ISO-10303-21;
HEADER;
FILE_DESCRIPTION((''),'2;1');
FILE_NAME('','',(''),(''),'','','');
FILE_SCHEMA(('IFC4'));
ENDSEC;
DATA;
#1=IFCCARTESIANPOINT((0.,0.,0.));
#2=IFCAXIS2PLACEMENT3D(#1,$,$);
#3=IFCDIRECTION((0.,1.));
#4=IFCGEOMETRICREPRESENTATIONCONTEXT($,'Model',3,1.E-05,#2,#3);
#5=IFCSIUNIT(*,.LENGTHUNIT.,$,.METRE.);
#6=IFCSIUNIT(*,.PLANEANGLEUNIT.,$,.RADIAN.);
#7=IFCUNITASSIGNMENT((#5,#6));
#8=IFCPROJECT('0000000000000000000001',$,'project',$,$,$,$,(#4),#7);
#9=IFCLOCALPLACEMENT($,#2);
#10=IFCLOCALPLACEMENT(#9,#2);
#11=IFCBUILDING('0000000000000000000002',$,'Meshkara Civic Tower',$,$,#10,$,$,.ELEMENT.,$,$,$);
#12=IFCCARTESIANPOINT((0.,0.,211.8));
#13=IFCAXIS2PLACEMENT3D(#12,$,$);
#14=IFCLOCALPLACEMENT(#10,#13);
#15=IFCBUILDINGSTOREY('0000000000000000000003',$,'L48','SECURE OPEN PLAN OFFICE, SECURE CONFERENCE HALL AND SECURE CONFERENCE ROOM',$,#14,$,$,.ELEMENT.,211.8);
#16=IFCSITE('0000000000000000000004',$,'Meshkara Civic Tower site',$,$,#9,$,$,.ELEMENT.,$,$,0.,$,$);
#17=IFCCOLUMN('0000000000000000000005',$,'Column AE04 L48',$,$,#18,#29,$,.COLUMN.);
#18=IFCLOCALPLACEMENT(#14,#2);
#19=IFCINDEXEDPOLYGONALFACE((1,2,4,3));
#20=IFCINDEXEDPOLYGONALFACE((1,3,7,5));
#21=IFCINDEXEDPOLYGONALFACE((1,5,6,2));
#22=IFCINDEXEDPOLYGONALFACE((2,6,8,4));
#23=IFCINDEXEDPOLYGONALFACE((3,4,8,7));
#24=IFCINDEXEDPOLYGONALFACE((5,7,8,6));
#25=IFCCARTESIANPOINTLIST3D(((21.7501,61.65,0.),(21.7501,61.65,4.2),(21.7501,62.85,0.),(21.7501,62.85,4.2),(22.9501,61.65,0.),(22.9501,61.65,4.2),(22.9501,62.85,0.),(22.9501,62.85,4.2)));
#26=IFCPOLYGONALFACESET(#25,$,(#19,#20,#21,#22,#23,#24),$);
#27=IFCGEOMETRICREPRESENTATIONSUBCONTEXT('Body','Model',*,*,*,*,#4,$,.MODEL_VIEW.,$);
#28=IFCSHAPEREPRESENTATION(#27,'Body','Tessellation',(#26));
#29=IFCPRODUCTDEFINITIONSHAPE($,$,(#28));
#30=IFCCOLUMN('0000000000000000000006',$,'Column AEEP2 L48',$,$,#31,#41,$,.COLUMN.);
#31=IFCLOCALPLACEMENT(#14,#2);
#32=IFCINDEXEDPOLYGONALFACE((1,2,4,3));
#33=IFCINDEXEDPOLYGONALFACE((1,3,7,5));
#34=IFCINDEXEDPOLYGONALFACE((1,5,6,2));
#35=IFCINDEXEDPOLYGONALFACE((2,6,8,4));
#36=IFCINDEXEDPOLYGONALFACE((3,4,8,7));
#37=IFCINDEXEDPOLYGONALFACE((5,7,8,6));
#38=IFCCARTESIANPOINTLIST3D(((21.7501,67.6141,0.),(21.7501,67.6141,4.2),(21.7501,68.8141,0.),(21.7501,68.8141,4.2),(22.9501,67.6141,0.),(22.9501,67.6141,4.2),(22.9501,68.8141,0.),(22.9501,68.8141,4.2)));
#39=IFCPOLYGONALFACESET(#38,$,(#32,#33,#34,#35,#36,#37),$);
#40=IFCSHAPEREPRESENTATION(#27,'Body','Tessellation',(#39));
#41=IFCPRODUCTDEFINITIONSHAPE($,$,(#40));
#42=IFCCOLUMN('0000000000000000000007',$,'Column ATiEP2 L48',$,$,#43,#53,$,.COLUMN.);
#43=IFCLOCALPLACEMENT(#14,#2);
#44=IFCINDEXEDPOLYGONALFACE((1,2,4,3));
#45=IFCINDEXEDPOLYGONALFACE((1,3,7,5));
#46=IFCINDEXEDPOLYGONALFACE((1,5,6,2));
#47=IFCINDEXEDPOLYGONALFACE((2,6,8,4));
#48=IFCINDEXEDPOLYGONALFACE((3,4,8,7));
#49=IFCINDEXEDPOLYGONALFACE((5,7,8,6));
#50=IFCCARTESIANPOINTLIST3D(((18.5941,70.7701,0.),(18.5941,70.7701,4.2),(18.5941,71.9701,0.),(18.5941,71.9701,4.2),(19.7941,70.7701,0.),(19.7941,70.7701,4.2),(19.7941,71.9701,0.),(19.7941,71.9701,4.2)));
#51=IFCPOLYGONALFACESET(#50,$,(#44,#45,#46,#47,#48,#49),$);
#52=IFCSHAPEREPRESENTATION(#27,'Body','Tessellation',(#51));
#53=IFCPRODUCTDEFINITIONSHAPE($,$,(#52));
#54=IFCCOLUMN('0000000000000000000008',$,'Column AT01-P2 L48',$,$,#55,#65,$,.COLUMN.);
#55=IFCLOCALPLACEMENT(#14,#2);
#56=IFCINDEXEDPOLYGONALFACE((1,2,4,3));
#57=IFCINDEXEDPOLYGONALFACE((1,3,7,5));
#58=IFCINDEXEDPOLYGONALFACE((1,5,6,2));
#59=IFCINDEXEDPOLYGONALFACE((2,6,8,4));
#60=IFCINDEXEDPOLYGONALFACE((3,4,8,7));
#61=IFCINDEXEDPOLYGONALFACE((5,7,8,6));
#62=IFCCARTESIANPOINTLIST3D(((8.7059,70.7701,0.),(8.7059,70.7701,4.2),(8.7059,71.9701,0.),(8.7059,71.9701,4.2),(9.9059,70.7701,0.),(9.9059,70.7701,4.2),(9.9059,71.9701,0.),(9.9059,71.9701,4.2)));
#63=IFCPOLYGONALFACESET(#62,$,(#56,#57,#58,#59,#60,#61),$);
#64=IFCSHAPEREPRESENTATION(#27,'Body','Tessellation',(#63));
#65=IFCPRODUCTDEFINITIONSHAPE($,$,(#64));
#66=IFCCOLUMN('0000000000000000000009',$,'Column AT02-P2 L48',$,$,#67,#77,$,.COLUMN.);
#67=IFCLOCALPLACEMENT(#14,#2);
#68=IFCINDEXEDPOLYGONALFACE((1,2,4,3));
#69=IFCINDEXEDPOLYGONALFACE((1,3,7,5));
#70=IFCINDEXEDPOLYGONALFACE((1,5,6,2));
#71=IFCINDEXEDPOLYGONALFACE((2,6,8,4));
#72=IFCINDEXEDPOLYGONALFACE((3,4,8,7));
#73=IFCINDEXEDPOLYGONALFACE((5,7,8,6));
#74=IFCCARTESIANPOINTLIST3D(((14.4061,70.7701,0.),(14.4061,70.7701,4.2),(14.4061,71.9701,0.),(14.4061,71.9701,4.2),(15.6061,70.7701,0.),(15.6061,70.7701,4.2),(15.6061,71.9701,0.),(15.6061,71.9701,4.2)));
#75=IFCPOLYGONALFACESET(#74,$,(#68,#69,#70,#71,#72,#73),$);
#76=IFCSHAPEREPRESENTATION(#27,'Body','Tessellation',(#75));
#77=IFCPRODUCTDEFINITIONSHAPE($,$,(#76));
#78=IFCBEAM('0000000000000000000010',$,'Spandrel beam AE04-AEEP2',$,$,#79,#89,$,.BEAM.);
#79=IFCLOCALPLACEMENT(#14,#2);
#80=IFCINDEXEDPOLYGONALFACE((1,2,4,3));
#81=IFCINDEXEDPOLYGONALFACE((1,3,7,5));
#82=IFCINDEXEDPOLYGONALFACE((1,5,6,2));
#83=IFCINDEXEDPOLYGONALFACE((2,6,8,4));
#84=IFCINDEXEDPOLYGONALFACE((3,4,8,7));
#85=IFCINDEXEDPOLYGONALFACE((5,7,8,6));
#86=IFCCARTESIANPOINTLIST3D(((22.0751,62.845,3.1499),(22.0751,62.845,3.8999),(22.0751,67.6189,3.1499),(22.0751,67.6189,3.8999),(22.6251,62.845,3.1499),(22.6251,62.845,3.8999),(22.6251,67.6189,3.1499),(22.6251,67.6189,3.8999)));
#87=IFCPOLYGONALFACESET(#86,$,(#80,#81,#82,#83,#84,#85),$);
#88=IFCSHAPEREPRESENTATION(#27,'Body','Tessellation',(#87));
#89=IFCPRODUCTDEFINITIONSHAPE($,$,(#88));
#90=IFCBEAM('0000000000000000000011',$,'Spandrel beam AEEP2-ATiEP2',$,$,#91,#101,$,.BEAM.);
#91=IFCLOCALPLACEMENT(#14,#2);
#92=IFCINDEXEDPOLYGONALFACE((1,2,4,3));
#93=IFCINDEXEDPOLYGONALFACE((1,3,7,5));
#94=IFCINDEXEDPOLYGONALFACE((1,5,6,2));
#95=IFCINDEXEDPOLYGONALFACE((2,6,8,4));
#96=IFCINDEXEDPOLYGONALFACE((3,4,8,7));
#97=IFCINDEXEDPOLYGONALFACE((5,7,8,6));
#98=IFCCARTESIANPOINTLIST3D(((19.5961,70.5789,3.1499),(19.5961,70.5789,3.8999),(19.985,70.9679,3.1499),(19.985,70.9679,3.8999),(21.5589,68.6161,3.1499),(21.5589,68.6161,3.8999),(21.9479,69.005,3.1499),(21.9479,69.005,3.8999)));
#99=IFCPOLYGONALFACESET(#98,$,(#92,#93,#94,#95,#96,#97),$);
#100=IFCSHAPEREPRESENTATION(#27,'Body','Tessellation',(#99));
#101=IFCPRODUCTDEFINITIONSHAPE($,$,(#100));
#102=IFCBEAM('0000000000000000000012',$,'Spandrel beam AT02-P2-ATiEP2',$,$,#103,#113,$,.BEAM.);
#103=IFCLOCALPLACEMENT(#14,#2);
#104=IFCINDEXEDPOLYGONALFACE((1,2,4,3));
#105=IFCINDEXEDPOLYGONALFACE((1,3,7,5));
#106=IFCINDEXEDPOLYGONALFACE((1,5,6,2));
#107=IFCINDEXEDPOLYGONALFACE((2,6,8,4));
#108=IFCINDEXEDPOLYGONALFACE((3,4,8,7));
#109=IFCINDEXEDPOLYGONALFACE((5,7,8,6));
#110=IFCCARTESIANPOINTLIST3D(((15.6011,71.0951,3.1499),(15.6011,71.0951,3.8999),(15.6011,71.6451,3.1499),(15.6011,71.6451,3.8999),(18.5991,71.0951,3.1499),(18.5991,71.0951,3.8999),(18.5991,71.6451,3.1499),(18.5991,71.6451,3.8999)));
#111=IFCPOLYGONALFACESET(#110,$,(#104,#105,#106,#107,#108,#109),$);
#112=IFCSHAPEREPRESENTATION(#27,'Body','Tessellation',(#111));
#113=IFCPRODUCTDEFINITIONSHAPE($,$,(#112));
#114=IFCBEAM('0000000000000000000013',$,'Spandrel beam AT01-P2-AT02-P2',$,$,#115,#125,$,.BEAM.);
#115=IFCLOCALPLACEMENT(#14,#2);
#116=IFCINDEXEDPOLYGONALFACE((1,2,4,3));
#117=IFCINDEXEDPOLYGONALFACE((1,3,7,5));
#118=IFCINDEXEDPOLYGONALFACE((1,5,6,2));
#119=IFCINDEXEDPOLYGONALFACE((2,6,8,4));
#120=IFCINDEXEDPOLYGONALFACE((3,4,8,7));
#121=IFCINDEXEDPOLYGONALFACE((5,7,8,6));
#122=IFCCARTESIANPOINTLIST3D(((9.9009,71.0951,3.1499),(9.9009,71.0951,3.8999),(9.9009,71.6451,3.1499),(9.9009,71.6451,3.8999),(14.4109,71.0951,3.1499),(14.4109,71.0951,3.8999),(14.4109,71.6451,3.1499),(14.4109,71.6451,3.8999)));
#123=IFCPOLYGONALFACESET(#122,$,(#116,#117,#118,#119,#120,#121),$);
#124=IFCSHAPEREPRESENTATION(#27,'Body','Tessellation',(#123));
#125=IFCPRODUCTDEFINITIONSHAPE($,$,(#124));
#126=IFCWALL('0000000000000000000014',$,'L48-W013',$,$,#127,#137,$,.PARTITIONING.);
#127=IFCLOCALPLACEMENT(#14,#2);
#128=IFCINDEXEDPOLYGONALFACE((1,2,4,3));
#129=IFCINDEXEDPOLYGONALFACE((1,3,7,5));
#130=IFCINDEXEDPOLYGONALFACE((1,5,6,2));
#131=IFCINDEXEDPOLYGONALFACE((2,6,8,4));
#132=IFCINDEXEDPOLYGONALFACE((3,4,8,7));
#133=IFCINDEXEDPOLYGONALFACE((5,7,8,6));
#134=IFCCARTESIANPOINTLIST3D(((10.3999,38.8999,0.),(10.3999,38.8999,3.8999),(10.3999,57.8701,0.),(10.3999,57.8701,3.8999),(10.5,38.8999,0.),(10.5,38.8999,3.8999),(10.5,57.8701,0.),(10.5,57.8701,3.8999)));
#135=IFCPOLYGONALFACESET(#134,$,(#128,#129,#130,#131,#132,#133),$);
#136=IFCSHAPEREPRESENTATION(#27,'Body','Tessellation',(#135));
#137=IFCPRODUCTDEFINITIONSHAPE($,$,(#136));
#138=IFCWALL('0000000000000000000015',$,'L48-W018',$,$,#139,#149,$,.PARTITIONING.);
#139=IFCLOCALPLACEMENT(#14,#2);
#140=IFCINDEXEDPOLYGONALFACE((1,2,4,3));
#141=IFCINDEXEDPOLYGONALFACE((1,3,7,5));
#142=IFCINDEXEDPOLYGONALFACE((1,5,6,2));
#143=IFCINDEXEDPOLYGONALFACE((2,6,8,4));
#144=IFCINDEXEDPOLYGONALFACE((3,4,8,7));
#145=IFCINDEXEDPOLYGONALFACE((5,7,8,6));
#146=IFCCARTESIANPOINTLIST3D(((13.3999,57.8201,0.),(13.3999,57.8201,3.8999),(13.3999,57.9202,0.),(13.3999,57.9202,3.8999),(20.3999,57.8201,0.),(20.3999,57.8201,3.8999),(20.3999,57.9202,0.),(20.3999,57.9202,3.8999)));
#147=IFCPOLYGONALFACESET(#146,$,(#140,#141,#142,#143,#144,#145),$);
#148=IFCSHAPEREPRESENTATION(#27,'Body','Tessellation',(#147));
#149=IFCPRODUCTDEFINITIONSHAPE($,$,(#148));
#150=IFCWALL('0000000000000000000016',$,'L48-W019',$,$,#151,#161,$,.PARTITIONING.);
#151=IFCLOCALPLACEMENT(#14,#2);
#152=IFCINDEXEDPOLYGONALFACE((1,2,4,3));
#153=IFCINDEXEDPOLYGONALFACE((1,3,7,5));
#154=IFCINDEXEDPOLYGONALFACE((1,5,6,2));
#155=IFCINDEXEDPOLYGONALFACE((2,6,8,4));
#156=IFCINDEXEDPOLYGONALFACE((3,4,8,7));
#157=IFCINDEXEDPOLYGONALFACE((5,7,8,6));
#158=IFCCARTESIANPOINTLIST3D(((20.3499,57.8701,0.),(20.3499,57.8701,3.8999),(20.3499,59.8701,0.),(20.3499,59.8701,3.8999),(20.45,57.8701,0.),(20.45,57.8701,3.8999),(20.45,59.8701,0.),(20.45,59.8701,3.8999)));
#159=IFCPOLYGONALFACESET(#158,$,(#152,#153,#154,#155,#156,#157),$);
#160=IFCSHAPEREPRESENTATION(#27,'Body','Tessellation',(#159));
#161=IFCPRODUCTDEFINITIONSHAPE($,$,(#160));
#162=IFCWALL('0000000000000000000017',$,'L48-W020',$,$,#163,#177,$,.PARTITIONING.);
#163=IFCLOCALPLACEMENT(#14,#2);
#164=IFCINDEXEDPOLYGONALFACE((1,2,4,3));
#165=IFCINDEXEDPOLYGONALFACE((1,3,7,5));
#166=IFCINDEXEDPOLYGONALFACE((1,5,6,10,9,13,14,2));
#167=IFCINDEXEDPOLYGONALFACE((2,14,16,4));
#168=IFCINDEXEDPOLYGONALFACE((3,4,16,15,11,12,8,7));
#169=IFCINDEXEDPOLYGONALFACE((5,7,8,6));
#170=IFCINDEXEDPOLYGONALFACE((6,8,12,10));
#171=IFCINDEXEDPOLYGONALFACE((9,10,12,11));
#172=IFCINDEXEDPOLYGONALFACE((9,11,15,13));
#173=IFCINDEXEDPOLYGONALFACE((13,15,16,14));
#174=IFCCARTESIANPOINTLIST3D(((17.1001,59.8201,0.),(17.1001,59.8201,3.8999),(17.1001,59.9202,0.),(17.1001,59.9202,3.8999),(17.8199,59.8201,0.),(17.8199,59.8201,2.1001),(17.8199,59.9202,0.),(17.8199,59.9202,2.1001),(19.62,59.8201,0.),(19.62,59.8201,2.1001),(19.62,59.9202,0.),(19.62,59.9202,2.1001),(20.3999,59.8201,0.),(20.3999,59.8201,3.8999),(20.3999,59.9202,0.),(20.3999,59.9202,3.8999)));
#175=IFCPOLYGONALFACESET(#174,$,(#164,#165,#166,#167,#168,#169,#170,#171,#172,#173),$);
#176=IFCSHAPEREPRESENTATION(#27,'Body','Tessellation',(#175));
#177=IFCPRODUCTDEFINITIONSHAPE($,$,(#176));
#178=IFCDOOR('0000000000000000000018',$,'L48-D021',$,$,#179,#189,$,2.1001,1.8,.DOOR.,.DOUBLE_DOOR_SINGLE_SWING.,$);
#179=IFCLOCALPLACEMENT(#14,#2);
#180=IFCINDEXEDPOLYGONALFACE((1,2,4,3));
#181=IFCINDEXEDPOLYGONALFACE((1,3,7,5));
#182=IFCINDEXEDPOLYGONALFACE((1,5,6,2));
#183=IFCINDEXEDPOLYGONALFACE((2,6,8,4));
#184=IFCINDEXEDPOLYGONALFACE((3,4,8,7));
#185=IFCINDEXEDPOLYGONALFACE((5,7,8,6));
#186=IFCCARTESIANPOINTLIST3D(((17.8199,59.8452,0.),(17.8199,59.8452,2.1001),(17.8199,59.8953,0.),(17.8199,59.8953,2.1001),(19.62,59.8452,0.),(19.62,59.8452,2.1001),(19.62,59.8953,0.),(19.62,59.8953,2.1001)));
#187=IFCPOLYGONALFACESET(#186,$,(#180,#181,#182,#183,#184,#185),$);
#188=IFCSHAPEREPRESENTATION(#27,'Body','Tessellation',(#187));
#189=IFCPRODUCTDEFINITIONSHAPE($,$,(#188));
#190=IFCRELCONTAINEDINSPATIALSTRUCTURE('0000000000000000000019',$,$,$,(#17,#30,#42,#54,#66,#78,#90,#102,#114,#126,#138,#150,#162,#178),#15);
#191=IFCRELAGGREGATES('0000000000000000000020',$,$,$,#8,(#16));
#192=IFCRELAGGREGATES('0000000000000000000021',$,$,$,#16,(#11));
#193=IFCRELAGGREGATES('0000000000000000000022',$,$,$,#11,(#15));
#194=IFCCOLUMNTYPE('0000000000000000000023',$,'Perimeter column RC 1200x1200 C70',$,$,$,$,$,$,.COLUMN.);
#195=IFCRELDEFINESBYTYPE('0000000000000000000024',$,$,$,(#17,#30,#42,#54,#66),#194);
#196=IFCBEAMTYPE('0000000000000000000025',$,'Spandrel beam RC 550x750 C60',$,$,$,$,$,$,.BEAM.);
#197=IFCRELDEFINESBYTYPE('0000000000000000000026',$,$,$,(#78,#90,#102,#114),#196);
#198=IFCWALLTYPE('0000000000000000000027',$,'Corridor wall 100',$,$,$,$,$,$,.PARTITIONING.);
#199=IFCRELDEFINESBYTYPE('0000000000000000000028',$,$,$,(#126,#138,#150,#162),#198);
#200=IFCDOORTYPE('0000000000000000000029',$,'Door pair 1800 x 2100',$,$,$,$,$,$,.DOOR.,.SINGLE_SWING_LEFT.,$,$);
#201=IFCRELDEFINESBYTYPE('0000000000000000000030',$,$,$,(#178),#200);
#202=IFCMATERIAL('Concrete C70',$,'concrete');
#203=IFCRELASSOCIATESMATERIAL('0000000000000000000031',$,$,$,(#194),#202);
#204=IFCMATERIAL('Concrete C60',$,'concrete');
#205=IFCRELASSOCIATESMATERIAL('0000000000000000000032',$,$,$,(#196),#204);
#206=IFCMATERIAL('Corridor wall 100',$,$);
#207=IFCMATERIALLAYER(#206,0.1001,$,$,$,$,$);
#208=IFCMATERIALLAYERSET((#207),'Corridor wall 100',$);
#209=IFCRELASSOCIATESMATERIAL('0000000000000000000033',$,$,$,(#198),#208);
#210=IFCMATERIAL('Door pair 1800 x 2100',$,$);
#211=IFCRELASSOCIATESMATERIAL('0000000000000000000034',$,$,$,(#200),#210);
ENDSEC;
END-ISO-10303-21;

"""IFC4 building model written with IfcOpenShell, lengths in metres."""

from ifc_helpers import new_model, si_unit, direction, frame, frame_2d, origin, origin_2d, place, context, subcontext, project, spatial, rectangle, extrude, material, layer, layer_set, material_profile, profile_set, type_object, element, fill, save


model = new_model("IFC4")

# Units and contexts
model_context = context("Model", 3, precision=1e-05, world=origin(), true_north=direction((0.0, 1.0)))
body_context = subcontext(model_context, "Body", "Model", "MODEL_VIEW")
ifc_project = project(units=[si_unit("LENGTHUNIT", "METRE"), si_unit("PLANEANGLEUNIT", "RADIAN")], contexts=[model_context])

# Site, building, storey
site_placement = place(None, origin())
site = spatial("IfcSite", under=ifc_project, at=site_placement, Name="Meshkara Civic Tower site", CompositionType="ELEMENT", RefElevation=0.0)
building_placement = place(site_placement, origin())
building = spatial("IfcBuilding", under=site, at=building_placement, Name="Meshkara Civic Tower", CompositionType="ELEMENT")
storey_placement = place(building_placement, frame((0.0, 0.0, 211.8)))
storey = spatial("IfcBuildingStorey", under=building, at=storey_placement, Name="L48", Description="SECURE OPEN PLAN OFFICE, SECURE CONFERENCE HALL AND SECURE CONFERENCE ROOM", CompositionType="ELEMENT", Elevation=211.8)

# Columns
ifc_material_1 = material(Name="Concrete C70", Category="concrete")
ifc_material_profile_1 = material_profile(ifc_material_1, rectangle(XDim=1.2, YDim=1.2, at=origin_2d()))
ifc_profile_set_1 = profile_set([ifc_material_profile_1], Name="Concrete C70")
column_type = type_object("IfcColumnType", Name="Perimeter column RC 1200x1200 C70", PredefinedType="COLUMN", material=ifc_profile_set_1)
for number, where, z_axis, x_axis, name in (
    (1, (22.3501, 62.25, 0.0), (0.0, 0.0, 1.0), (1.0, 0.0, 0.0), "Column AE04 L48"),
    (2, (22.3501, 68.2141, 0.0), (0.0, 0.0, 1.0), (1.0, 0.0, 0.0), "Column AEEP2 L48"),
    (3, (19.1941, 71.3701, 0.0), (0.0, 0.0, 1.0), (1.0, 0.0, 0.0), "Column ATiEP2 L48"),
    (4, (9.3059, 71.3701, 0.0), (0.0, 0.0, 1.0), (1.0, 0.0, 0.0), "Column AT01-P2 L48"),
    (5, (15.0061, 71.3701, 0.0), (0.0, 0.0, 1.0), (1.0, 0.0, 0.0), "Column AT02-P2 L48"),
):
    element("IfcColumn", number, at=place(storey_placement, frame(where, z_axis=z_axis, x_axis=x_axis)), inside=storey, type_object=column_type, Name=name, PredefinedType="COLUMN", context=body_context, shape_type="SweptSolid", body=[
        extrude(rectangle(XDim=1.2, YDim=1.2, at=origin_2d()), origin(), (0.0, 0.0, 1.0), 4.2),
    ])

# Beams
ifc_material_2 = material(Name="Concrete C60", Category="concrete")
ifc_material_profile_2 = material_profile(ifc_material_2, rectangle(XDim=0.55, YDim=0.75, at=origin_2d()))
ifc_profile_set_2 = profile_set([ifc_material_profile_2], Name="Concrete C60")
beam_type = type_object("IfcBeamType", Name="Spandrel beam RC 550x750 C60", PredefinedType="BEAM", material=ifc_profile_set_2)
beam_1_placement = place(storey_placement, frame((22.3501, 62.845, 3.5249), z_axis=(0.0, 1.0, 0.0), x_axis=(-1.0, 0.0, 0.0)))
element("IfcBeam", 6, at=beam_1_placement, inside=storey, type_object=beam_type, Name="Spandrel beam AE04-AEEP2", PredefinedType="BEAM", context=body_context, shape_type="SweptSolid", body=[
    extrude(rectangle(XDim=0.55, YDim=0.75, at=origin_2d()), origin(), (0.0, 0.0, 1.0), 4.7739),
])
beam_2_placement = place(storey_placement, frame((21.7534, 68.8105, 3.5249), z_axis=(-0.707107, 0.707107, 0.0), x_axis=(-0.707107, -0.707107, 0.0)))
element("IfcBeam", 7, at=beam_2_placement, inside=storey, type_object=beam_type, Name="Spandrel beam AEEP2-ATiEP2", PredefinedType="BEAM", context=body_context, shape_type="SweptSolid", body=[
    extrude(rectangle(XDim=0.55, YDim=0.75, at=origin_2d()), origin(), (0.0, 0.0, 1.0), 2.7759),
])
beam_3_placement = place(storey_placement, frame((18.5991, 71.3701, 3.5249), z_axis=(-1.0, 0.0, 0.0), x_axis=(0.0, -1.0, 0.0)))
element("IfcBeam", 8, at=beam_3_placement, inside=storey, type_object=beam_type, Name="Spandrel beam AT02-P2-ATiEP2", PredefinedType="BEAM", context=body_context, shape_type="SweptSolid", body=[
    extrude(rectangle(XDim=0.55, YDim=0.75, at=origin_2d()), origin(), (0.0, 0.0, 1.0), 2.998),
])
beam_4_placement = place(storey_placement, frame((14.4109, 71.3701, 3.5249), z_axis=(-1.0, 0.0, 0.0), x_axis=(0.0, -1.0, 0.0)))
element("IfcBeam", 9, at=beam_4_placement, inside=storey, type_object=beam_type, Name="Spandrel beam AT01-P2-AT02-P2", PredefinedType="BEAM", context=body_context, shape_type="SweptSolid", body=[
    extrude(rectangle(XDim=0.55, YDim=0.75, at=origin_2d()), origin(), (0.0, 0.0, 1.0), 4.51),
])

# Walls
ifc_material_3 = material(Name="Corridor wall 100")
ifc_layer_1 = layer(ifc_material_3, 0.1001)
ifc_layer_set_1 = layer_set([ifc_layer_1], Name="Corridor wall 100")
wall_type_1 = type_object("IfcWallType", Name="Corridor wall 100", PredefinedType="PARTITIONING", material=ifc_layer_set_1)
wall_1_placement = place(storey_placement, frame((10.45, 57.8701, 0.0), z_axis=(0.0, 0.0, 1.0), x_axis=(0.0, -1.0, 0.0)))
element("IfcWall", 10, at=wall_1_placement, inside=storey, type_object=wall_type_1, Name="L48-W013", PredefinedType="PARTITIONING", context=body_context, shape_type="SweptSolid", body=[
    extrude(rectangle(XDim=18.9702, YDim=0.1001, at=frame_2d((9.4851, 0.0))), origin(), (0.0, 0.0, 1.0), 3.8999),
])
wall_2_placement = place(storey_placement, frame((13.3999, 57.8701, 0.0), z_axis=(0.0, 0.0, 1.0), x_axis=(1.0, 0.0, 0.0)))
element("IfcWall", 11, at=wall_2_placement, inside=storey, type_object=wall_type_1, Name="L48-W018", PredefinedType="PARTITIONING", context=body_context, shape_type="SweptSolid", body=[
    extrude(rectangle(XDim=7.0, YDim=0.1001, at=frame_2d((3.5, 0.0))), origin(), (0.0, 0.0, 1.0), 3.8999),
])
wall_3_placement = place(storey_placement, frame((20.3999, 57.8701, 0.0), z_axis=(0.0, 0.0, 1.0), x_axis=(0.0, 1.0, 0.0)))
element("IfcWall", 12, at=wall_3_placement, inside=storey, type_object=wall_type_1, Name="L48-W019", PredefinedType="PARTITIONING", context=body_context, shape_type="SweptSolid", body=[
    extrude(rectangle(XDim=2.0, YDim=0.1001, at=frame_2d((1.0, 0.0))), origin(), (0.0, 0.0, 1.0), 3.8999),
])

# Wall, opening, door
wall_4_placement = place(storey_placement, frame((20.3999, 59.8701, 0.0), z_axis=(0.0, 0.0, 1.0), x_axis=(-1.0, 0.0, 0.0)))
wall_4 = element("IfcWall", 13, at=wall_4_placement, inside=storey, type_object=wall_type_1, Name="L48-W020", PredefinedType="PARTITIONING", context=body_context, shape_type="SweptSolid", body=[
    extrude(rectangle(XDim=3.2998, YDim=0.1001, at=frame_2d((1.6499, 0.0))), origin(), (0.0, 0.0, 1.0), 3.8999),
])
opening_1_placement = place(wall_4_placement, frame((0.78, 0.0, 0.0)))
opening_1 = element("IfcOpeningElement", 14, at=opening_1_placement, cuts=wall_4, PredefinedType="OPENING", context=body_context, shape_type="SweptSolid", body=[
    extrude(rectangle(XDim=1.8, YDim=2.1001, at=frame_2d((0.8999, 1.05))), frame((0.0, 0.0601, 0.0), z_axis=(0.0, -1.0, 0.0), x_axis=(1.0, 0.0, 0.0)), (0.0, 0.0, 1.0), 0.1201),
])
ifc_material_4 = material(Name="Door pair 1800 x 2100")
door_type_1 = type_object("IfcDoorType", Name="Door pair 1800 x 2100", OperationType="SINGLE_SWING_LEFT", PredefinedType="DOOR", material=ifc_material_4)
door_1_placement = place(opening_1_placement, origin())
door_1 = element("IfcDoor", 15, at=door_1_placement, inside=storey, type_object=door_type_1, Name="L48-D021", OperationType="DOUBLE_DOOR_SINGLE_SWING", OverallHeight=2.1001, OverallWidth=1.8, PredefinedType="DOOR", context=body_context, shape_type="SweptSolid", body=[
    extrude(rectangle(XDim=1.8, YDim=2.1001, at=frame_2d((0.8999, 1.05))), frame((0.0, 0.0249, 0.0), z_axis=(0.0, -1.0, 0.0), x_axis=(1.0, 0.0, 0.0)), (0.0, 0.0, 1.0), 0.05),
])
fill(opening_1, door_1)

save(model, "model.ifc")
